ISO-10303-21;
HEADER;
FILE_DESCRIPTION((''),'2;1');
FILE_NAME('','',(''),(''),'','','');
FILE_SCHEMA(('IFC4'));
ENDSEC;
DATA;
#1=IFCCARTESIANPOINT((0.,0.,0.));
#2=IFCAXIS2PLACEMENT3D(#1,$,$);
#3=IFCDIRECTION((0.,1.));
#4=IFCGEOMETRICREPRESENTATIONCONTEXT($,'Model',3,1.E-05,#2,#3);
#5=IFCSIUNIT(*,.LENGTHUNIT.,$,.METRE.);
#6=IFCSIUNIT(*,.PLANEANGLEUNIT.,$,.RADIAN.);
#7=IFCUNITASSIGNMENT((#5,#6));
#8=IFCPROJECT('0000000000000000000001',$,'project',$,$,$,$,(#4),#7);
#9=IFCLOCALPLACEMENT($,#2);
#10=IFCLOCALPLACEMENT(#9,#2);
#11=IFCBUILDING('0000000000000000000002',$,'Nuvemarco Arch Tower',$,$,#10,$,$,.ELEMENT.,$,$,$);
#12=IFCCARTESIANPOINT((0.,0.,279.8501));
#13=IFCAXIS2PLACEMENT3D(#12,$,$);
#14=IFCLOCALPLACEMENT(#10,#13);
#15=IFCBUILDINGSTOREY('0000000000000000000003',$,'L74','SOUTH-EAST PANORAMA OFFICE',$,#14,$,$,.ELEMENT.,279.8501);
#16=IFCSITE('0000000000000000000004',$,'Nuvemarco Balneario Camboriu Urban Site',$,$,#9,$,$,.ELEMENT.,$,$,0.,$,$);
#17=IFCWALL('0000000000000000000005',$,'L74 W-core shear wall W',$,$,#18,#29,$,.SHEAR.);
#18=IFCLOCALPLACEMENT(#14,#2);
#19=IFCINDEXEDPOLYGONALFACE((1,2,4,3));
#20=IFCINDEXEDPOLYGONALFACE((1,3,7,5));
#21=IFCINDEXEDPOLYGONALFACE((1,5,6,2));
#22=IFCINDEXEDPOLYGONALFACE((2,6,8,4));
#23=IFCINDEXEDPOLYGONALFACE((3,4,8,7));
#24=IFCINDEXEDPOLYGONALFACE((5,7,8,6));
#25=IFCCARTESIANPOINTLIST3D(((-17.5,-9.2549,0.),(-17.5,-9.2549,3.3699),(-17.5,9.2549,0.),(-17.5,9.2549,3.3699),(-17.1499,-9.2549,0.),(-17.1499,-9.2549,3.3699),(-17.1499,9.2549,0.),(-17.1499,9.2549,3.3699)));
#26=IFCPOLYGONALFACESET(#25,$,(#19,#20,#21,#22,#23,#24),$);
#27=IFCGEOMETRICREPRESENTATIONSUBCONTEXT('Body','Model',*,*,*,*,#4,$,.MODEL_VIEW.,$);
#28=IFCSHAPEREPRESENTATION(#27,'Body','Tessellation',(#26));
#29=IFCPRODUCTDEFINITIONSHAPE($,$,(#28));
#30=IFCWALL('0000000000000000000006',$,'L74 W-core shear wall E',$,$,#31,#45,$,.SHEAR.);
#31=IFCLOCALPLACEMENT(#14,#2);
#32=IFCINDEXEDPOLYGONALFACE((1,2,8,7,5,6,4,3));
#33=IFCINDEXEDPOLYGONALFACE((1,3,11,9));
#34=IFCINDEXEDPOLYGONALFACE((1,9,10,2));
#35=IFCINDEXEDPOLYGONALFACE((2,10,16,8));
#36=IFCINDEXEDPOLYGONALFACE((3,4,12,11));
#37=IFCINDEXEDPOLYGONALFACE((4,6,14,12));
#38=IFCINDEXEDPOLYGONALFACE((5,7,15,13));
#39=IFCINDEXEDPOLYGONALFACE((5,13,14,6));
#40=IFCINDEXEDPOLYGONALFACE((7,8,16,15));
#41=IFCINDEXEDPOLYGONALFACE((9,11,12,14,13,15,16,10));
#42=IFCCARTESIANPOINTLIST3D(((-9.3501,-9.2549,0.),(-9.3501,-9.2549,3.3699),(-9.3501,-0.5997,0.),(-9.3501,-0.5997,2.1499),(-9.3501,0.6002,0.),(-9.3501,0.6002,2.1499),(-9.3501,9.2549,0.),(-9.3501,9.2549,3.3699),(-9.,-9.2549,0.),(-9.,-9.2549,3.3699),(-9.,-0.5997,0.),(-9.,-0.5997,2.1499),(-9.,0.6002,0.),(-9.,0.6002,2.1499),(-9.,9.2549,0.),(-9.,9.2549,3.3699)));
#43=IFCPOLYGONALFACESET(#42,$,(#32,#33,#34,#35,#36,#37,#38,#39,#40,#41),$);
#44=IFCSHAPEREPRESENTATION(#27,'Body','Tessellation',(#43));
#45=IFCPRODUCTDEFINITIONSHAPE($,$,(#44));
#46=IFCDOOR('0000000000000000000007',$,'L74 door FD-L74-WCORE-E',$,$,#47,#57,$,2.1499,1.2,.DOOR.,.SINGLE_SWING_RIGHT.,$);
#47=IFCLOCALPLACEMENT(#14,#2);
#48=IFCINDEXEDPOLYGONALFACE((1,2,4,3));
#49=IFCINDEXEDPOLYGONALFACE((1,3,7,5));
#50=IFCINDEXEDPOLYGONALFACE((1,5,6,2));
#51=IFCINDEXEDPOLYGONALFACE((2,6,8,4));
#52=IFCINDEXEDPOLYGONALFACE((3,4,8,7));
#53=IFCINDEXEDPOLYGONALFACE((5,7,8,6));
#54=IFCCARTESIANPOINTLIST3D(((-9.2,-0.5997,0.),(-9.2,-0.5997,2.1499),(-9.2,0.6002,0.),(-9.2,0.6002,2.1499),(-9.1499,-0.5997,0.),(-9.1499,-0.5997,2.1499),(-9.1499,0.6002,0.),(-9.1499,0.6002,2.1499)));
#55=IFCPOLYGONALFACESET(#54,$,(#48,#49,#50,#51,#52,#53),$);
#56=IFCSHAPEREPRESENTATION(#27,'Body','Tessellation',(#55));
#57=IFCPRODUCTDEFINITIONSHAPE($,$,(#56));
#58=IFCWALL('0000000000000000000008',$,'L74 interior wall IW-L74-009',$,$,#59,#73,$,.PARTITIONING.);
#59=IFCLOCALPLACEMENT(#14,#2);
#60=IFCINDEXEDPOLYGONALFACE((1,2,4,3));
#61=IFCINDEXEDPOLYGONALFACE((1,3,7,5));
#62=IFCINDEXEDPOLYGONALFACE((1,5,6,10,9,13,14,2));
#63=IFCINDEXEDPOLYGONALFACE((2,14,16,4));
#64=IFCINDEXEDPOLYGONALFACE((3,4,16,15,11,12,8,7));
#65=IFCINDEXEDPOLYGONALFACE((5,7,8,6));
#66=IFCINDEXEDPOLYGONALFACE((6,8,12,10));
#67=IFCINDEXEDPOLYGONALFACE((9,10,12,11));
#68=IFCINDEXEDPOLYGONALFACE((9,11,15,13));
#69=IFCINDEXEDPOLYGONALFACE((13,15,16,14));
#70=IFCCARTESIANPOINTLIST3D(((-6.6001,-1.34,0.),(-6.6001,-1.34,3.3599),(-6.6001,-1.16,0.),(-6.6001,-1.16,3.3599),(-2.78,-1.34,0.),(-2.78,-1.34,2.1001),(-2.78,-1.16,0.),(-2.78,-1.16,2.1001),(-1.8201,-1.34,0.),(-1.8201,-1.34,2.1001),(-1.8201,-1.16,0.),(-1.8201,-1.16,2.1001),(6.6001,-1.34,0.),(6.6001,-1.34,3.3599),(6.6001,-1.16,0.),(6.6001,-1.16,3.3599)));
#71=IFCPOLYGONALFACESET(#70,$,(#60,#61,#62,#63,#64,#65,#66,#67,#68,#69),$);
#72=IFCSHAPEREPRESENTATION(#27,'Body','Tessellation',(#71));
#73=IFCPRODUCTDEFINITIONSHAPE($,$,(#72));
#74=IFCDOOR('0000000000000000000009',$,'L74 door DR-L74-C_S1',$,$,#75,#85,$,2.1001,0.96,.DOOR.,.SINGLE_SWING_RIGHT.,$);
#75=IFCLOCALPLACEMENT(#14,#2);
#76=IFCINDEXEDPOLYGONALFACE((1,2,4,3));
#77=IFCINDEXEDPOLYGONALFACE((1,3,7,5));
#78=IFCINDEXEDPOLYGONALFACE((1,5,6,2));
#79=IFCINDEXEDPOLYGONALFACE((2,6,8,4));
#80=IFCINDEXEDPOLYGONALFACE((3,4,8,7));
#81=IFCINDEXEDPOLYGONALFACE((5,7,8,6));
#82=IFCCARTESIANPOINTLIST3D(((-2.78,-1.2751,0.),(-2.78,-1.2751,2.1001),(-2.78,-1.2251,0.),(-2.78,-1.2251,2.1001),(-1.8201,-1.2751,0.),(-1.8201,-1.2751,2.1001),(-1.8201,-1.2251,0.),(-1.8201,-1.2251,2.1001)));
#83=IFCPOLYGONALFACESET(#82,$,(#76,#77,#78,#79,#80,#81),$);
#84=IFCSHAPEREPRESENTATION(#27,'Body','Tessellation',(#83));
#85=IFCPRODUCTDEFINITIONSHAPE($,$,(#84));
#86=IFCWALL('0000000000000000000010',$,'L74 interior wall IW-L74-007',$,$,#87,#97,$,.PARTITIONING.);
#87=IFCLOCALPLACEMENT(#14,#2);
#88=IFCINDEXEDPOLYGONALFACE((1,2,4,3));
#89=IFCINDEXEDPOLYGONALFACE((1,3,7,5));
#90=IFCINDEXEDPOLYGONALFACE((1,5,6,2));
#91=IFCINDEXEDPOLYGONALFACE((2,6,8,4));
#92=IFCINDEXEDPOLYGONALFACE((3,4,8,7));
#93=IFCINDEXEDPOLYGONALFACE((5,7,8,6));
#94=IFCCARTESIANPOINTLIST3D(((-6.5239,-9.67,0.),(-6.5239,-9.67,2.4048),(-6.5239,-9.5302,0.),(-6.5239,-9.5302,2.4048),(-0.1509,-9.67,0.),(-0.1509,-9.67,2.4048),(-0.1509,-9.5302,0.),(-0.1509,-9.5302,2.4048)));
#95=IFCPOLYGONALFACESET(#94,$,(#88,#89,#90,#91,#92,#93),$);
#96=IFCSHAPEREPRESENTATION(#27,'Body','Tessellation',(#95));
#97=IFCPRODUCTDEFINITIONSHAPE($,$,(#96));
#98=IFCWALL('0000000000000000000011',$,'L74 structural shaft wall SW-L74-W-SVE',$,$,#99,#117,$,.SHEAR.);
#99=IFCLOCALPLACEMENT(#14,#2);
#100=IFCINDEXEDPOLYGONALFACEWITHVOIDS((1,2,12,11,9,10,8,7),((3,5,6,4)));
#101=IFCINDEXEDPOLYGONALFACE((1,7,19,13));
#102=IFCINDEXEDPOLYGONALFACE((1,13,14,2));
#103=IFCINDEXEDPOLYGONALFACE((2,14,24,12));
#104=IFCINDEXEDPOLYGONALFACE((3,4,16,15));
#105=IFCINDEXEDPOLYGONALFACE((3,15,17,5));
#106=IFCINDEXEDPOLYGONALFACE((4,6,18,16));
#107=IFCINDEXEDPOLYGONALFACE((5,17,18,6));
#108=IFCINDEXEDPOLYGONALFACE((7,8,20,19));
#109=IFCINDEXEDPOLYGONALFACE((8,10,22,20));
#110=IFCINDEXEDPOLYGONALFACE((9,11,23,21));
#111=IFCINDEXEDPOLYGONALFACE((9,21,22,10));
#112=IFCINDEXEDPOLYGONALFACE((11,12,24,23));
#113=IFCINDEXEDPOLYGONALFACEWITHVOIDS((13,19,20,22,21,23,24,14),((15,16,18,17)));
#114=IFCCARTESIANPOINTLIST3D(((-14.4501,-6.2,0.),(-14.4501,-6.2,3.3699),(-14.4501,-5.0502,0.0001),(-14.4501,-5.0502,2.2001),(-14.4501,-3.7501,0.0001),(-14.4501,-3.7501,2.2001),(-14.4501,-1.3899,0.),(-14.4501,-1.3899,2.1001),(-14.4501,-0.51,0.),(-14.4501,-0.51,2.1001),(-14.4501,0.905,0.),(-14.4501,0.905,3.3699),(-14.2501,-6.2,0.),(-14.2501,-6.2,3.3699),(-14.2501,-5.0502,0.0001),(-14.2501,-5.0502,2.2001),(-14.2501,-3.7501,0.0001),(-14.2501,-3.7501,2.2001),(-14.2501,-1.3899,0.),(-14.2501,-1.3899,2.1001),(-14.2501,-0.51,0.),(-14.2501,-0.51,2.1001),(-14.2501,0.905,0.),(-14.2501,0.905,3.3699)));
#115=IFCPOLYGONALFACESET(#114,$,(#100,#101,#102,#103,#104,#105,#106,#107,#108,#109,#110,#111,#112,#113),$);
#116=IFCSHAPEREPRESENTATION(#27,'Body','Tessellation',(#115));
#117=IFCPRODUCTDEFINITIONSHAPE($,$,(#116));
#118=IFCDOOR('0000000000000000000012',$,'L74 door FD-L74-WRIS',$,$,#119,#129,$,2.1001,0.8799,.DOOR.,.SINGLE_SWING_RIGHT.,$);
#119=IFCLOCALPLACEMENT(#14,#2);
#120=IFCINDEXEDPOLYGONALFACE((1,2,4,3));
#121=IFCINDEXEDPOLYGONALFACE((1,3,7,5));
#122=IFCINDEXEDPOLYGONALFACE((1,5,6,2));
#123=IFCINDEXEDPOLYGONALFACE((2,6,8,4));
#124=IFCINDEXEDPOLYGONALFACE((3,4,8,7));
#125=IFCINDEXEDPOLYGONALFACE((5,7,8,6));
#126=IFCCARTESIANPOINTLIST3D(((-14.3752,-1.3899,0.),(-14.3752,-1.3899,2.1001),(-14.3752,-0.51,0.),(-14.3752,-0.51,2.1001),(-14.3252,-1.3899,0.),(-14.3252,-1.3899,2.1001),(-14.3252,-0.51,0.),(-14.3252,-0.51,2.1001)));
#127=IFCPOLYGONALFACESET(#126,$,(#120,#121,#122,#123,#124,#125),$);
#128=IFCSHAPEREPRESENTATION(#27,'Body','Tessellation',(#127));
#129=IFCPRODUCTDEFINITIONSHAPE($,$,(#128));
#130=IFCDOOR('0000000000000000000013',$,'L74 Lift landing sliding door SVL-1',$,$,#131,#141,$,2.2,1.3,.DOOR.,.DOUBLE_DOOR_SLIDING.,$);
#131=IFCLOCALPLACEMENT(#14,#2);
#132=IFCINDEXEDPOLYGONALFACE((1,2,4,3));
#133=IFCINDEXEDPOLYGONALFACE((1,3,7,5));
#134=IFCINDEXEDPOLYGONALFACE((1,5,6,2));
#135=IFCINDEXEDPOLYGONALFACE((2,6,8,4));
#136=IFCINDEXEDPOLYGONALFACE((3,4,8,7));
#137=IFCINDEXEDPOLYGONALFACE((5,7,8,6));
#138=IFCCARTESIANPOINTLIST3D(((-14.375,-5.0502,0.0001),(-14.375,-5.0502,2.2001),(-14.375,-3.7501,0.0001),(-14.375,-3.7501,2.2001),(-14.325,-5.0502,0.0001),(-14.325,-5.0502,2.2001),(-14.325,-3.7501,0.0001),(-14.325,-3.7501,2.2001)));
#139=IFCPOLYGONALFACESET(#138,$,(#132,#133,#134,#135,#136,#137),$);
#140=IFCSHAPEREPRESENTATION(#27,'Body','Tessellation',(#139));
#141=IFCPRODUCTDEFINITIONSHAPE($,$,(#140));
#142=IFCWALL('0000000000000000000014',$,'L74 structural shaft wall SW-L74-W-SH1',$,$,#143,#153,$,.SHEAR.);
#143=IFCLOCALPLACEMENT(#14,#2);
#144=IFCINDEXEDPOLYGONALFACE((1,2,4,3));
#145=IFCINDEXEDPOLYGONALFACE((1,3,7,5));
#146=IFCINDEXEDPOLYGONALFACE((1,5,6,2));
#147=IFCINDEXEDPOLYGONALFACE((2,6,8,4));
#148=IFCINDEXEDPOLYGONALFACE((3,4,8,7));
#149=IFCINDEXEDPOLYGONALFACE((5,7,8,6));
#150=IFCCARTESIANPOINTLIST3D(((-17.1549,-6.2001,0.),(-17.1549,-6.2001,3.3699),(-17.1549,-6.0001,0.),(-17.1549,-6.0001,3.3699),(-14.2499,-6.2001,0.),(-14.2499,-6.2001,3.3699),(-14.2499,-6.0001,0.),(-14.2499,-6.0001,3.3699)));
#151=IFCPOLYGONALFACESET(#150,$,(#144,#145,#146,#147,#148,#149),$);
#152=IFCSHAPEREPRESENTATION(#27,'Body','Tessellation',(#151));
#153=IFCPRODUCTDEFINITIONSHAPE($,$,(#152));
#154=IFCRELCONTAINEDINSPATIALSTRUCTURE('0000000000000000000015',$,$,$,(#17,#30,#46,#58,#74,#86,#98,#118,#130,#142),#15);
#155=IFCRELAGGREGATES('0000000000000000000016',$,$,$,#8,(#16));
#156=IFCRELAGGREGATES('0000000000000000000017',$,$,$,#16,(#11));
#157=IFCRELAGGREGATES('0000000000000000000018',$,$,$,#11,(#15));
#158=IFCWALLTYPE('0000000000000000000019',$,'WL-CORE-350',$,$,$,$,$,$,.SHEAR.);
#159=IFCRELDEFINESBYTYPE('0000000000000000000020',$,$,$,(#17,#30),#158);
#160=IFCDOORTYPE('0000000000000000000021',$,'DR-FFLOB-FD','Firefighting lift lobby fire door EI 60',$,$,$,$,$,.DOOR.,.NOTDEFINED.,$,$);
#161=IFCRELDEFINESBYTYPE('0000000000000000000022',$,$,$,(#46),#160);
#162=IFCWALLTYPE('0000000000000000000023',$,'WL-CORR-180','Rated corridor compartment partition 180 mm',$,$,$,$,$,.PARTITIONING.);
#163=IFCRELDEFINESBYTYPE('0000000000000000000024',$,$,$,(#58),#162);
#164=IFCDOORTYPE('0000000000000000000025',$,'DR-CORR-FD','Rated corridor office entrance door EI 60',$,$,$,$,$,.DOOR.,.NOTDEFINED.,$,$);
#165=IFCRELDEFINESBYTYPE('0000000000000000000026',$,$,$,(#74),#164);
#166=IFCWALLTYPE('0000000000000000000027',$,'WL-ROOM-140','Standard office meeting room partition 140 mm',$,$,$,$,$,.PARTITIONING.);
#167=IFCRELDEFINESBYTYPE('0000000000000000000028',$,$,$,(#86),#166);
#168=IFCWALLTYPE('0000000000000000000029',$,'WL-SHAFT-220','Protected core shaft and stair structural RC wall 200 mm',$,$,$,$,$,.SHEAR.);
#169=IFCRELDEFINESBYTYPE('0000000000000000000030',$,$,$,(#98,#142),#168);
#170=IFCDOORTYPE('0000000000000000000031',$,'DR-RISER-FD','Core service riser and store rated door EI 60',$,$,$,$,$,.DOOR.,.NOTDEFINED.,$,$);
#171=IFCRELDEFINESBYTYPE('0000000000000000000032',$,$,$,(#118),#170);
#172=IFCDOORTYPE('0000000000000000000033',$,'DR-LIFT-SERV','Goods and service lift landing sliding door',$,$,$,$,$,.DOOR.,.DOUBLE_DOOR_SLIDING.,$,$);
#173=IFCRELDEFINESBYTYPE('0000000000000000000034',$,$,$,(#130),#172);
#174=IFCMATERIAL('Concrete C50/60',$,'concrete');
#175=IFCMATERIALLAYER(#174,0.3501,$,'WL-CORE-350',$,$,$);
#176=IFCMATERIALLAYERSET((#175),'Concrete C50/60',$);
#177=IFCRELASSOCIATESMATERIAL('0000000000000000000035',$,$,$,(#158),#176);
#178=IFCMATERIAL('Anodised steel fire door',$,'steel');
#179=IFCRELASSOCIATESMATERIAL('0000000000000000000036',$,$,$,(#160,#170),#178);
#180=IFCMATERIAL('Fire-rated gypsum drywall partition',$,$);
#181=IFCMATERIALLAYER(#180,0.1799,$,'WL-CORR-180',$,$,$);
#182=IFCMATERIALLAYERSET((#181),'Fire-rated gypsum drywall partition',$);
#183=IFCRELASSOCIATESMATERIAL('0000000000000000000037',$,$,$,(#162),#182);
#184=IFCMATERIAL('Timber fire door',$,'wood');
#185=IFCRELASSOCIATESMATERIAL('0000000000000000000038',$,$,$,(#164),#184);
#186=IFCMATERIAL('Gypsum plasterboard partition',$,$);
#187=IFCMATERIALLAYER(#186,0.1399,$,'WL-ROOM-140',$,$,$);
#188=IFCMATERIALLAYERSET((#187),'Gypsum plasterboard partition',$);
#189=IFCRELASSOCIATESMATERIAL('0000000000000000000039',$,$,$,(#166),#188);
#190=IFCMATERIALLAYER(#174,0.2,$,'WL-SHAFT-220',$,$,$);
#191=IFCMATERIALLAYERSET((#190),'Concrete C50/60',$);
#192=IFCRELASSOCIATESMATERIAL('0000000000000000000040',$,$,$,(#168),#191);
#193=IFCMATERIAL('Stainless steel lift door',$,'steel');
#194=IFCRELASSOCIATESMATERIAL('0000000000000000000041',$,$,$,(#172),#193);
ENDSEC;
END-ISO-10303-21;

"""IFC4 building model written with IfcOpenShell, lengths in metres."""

from ifc_helpers import new_model, si_unit, direction, frame, frame_2d, origin, place, context, subcontext, project, spatial, rectangle, extrude, source, transform, mapped, material, layer, layer_set, type_object, type_shapes, element, fill, save


model = new_model("IFC4")

# Units and contexts
model_context = context("Model", 3, precision=1e-05, world=origin(), true_north=direction((0.0, 1.0)))
body_context = subcontext(model_context, "Body", "Model", "MODEL_VIEW")
ifc_project = project(units=[si_unit("LENGTHUNIT", "METRE"), si_unit("PLANEANGLEUNIT", "RADIAN")], contexts=[model_context])

# Site, building, storey
site_placement = place(None, origin())
site = spatial("IfcSite", under=ifc_project, at=site_placement, Name="Nuvemarco Balneario Camboriu Urban Site", CompositionType="ELEMENT", RefElevation=0.0)
building_placement = place(site_placement, origin())
building = spatial("IfcBuilding", under=site, at=building_placement, Name="Nuvemarco Arch Tower", CompositionType="ELEMENT")
storey_placement = place(building_placement, frame((0.0, 0.0, 279.8501)))
storey = spatial("IfcBuildingStorey", under=building, at=storey_placement, Name="L74", Description="SOUTH-EAST PANORAMA OFFICE", CompositionType="ELEMENT", Elevation=279.8501)

# Shared definitions
ifc_material_1 = material(Name="Concrete C50/60", Category="concrete")

# Wall
ifc_layer_1 = layer(ifc_material_1, 0.3501, Name="WL-CORE-350")
ifc_layer_set_1 = layer_set([ifc_layer_1], Name="Concrete C50/60")
wall_type_1 = type_object("IfcWallType", Name="WL-CORE-350", PredefinedType="SHEAR", material=ifc_layer_set_1)
wall_1_placement = place(storey_placement, frame((-17.325, -9.2549, 0.0), z_axis=(0.0, 0.0, 1.0), x_axis=(0.0, 1.0, 0.0)))
element("IfcWall", 1, at=wall_1_placement, inside=storey, type_object=wall_type_1, Name="L74 W-core shear wall W", PredefinedType="SHEAR", context=body_context, shape_type="SweptSolid", body=[
    extrude(rectangle(XDim=18.5098, YDim=0.3501, at=frame_2d((9.2549, 0.0))), origin(), (0.0, 0.0, 1.0), 3.3699),
])

# Walls, openings, doors
wall_2_placement = place(storey_placement, frame((-9.175, -9.2549, 0.0), z_axis=(0.0, 0.0, 1.0), x_axis=(0.0, 1.0, 0.0)))
wall_2 = element("IfcWall", 2, at=wall_2_placement, inside=storey, type_object=wall_type_1, Name="L74 W-core shear wall E", PredefinedType="SHEAR", context=body_context, shape_type="SweptSolid", body=[
    extrude(rectangle(XDim=18.5098, YDim=0.3501, at=frame_2d((9.2549, 0.0))), origin(), (0.0, 0.0, 1.0), 3.3699),
])
opening_1_placement = place(wall_2_placement, frame((8.655, 0.0, 0.0)))
opening_1 = element("IfcOpeningElement", 3, at=opening_1_placement, cuts=wall_2, PredefinedType="OPENING", context=body_context, shape_type="SweptSolid", body=[
    extrude(rectangle(XDim=1.2, YDim=2.1499, at=frame_2d((0.6001, 1.075))), frame((0.0, 0.1851, 0.0), z_axis=(0.0, -1.0, 0.0), x_axis=(1.0, 0.0, 0.0)), (0.0, 0.0, 1.0), 0.3701),
])
ifc_material_2 = material(Name="Anodised steel fire door", Category="steel")
door_type_1 = type_object("IfcDoorType", Name="DR-FFLOB-FD", Description="Firefighting lift lobby fire door EI 60", OperationType="NOTDEFINED", PredefinedType="DOOR", material=ifc_material_2)
shared_shape_1 = source(origin(), body_context, "Body", "SweptSolid", [
    extrude(rectangle(XDim=1.2, YDim=2.1499, at=frame_2d((0.6001, 1.075))), frame((0.0, 0.0249, 0.0), z_axis=(0.0, -1.0, 0.0), x_axis=(1.0, 0.0, 0.0)), (0.0, 0.0, 1.0), 0.05),
])
type_shapes(door_type_1, [shared_shape_1])
door_1_placement = place(opening_1_placement, origin())
door_1 = element("IfcDoor", 4, at=door_1_placement, inside=storey, type_object=door_type_1, Name="L74 door FD-L74-WCORE-E", OperationType="SINGLE_SWING_RIGHT", OverallHeight=2.1499, OverallWidth=1.2, PredefinedType="DOOR", context=body_context, shape_type="MappedRepresentation", body=[
    mapped(shared_shape_1, transform((0.0, 0.0, 0.0), scale=1.0)),
])
fill(opening_1, door_1)
ifc_material_3 = material(Name="Fire-rated gypsum drywall partition")
ifc_layer_2 = layer(ifc_material_3, 0.1799, Name="WL-CORR-180")
ifc_layer_set_2 = layer_set([ifc_layer_2], Name="Fire-rated gypsum drywall partition")
wall_type_2 = type_object("IfcWallType", Name="WL-CORR-180", Description="Rated corridor compartment partition 180 mm", PredefinedType="PARTITIONING", material=ifc_layer_set_2)
wall_3_placement = place(storey_placement, frame((-6.6001, -1.25, 0.0), z_axis=(0.0, 0.0, 1.0), x_axis=(1.0, 0.0, 0.0)))
wall_3 = element("IfcWall", 5, at=wall_3_placement, inside=storey, type_object=wall_type_2, Name="L74 interior wall IW-L74-009", PredefinedType="PARTITIONING", context=body_context, shape_type="SweptSolid", body=[
    extrude(rectangle(XDim=13.2002, YDim=0.1799, at=frame_2d((6.6001, 0.0))), origin(), (0.0, 0.0, 1.0), 3.3599),
])
opening_2_placement = place(wall_3_placement, frame((3.8201, 0.0, 0.0)))
opening_2 = element("IfcOpeningElement", 6, at=opening_2_placement, cuts=wall_3, PredefinedType="OPENING", context=body_context, shape_type="SweptSolid", body=[
    extrude(rectangle(XDim=0.96, YDim=2.1001, at=frame_2d((0.48, 1.05))), frame((0.0, 0.0999, 0.0), z_axis=(0.0, -1.0, 0.0), x_axis=(1.0, 0.0, 0.0)), (0.0, 0.0, 1.0), 0.2),
])
ifc_material_4 = material(Name="Timber fire door", Category="wood")
door_type_2 = type_object("IfcDoorType", Name="DR-CORR-FD", Description="Rated corridor office entrance door EI 60", OperationType="NOTDEFINED", PredefinedType="DOOR", material=ifc_material_4)
shared_shape_2 = source(origin(), body_context, "Body", "SweptSolid", [
    extrude(rectangle(XDim=0.96, YDim=2.1001, at=frame_2d((0.48, 1.05))), frame((0.0, 0.0249, 0.0), z_axis=(0.0, -1.0, 0.0), x_axis=(1.0, 0.0, 0.0)), (0.0, 0.0, 1.0), 0.05),
])
type_shapes(door_type_2, [shared_shape_2])
door_2_placement = place(opening_2_placement, origin())
door_2 = element("IfcDoor", 7, at=door_2_placement, inside=storey, type_object=door_type_2, Name="L74 door DR-L74-C_S1", OperationType="SINGLE_SWING_RIGHT", OverallHeight=2.1001, OverallWidth=0.96, PredefinedType="DOOR", context=body_context, shape_type="MappedRepresentation", body=[
    mapped(shared_shape_2, transform((0.0, 0.0, 0.0), scale=1.0)),
])
fill(opening_2, door_2)

# Wall
ifc_material_5 = material(Name="Gypsum plasterboard partition")
ifc_layer_3 = layer(ifc_material_5, 0.1399, Name="WL-ROOM-140")
ifc_layer_set_3 = layer_set([ifc_layer_3], Name="Gypsum plasterboard partition")
wall_type_3 = type_object("IfcWallType", Name="WL-ROOM-140", Description="Standard office meeting room partition 140 mm", PredefinedType="PARTITIONING", material=ifc_layer_set_3)
wall_4_placement = place(storey_placement, frame((-6.5239, -9.6001, 0.0), z_axis=(0.0, 0.0, 1.0), x_axis=(1.0, 0.0, 0.0)))
element("IfcWall", 8, at=wall_4_placement, inside=storey, type_object=wall_type_3, Name="L74 interior wall IW-L74-007", PredefinedType="PARTITIONING", context=body_context, shape_type="SweptSolid", body=[
    extrude(rectangle(XDim=6.373, YDim=0.1399, at=frame_2d((3.1865, 0.0))), origin(), (0.0, 0.0, 1.0), 2.4048),
])

# Shared definitions
ifc_layer_4 = layer(ifc_material_1, 0.2, Name="WL-SHAFT-220")
ifc_layer_set_4 = layer_set([ifc_layer_4], Name="Concrete C50/60")
wall_type_4 = type_object("IfcWallType", Name="WL-SHAFT-220", Description="Protected core shaft and stair structural RC wall 200 mm", PredefinedType="SHEAR", material=ifc_layer_set_4)
ifc_material_6 = material(Name="Stainless steel lift door", Category="steel")

# Wall, openings, doors
wall_5_placement = place(storey_placement, frame((-14.3501, -6.2, 0.0), z_axis=(0.0, 0.0, 1.0), x_axis=(0.0, 1.0, 0.0)))
wall_5 = element("IfcWall", 9, at=wall_5_placement, inside=storey, type_object=wall_type_4, Name="L74 structural shaft wall SW-L74-W-SVE", PredefinedType="SHEAR", context=body_context, shape_type="SweptSolid", body=[
    extrude(rectangle(XDim=7.105, YDim=0.2, at=frame_2d((3.5525, 0.0))), origin(), (0.0, 0.0, 1.0), 3.3699),
])
opening_3_placement = place(wall_5_placement, frame((5.6899, 0.0, 0.0), z_axis=(0.0, 0.0, 1.0), x_axis=(-1.0, 0.0, 0.0)))
opening_3 = element("IfcOpeningElement", 10, at=opening_3_placement, cuts=wall_5, PredefinedType="OPENING", context=body_context, shape_type="SweptSolid", body=[
    extrude(rectangle(XDim=0.8799, YDim=2.1001, at=frame_2d((0.4399, 1.05))), frame((0.0, 0.1099, 0.0), z_axis=(0.0, -1.0, 0.0), x_axis=(1.0, 0.0, 0.0)), (0.0, 0.0, 1.0), 0.22),
])
opening_4_placement = place(wall_5_placement, frame((1.1499, 0.0, 0.0)))
opening_4 = element("IfcOpeningElement", 11, at=opening_4_placement, cuts=wall_5, PredefinedType="OPENING", context=body_context, shape_type="SweptSolid", body=[
    extrude(rectangle(XDim=1.3, YDim=2.2, at=frame_2d((0.6499, 1.1001))), frame((0.0, 0.1099, 0.0), z_axis=(0.0, -1.0, 0.0), x_axis=(1.0, 0.0, 0.0)), (0.0, 0.0, 1.0), 0.22),
])
door_type_3 = type_object("IfcDoorType", Name="DR-RISER-FD", Description="Core service riser and store rated door EI 60", OperationType="NOTDEFINED", PredefinedType="DOOR", material=ifc_material_2)
shared_shape_3 = source(origin(), body_context, "Body", "SweptSolid", [
    extrude(rectangle(XDim=0.8799, YDim=2.1001, at=frame_2d((0.4399, 1.05))), frame((0.0, 0.0249, 0.0), z_axis=(0.0, -1.0, 0.0), x_axis=(1.0, 0.0, 0.0)), (0.0, 0.0, 1.0), 0.05),
])
type_shapes(door_type_3, [shared_shape_3])
door_3_placement = place(opening_3_placement, origin())
door_3 = element("IfcDoor", 12, at=door_3_placement, inside=storey, type_object=door_type_3, Name="L74 door FD-L74-WRIS", OperationType="SINGLE_SWING_RIGHT", OverallHeight=2.1001, OverallWidth=0.8799, PredefinedType="DOOR", context=body_context, shape_type="MappedRepresentation", body=[
    mapped(shared_shape_3, transform((0.0, 0.0, 0.0), scale=1.0)),
])
fill(opening_3, door_3)
door_type_4 = type_object("IfcDoorType", Name="DR-LIFT-SERV", Description="Goods and service lift landing sliding door", OperationType="DOUBLE_DOOR_SLIDING", PredefinedType="DOOR", material=ifc_material_6)
shared_shape_4 = source(origin(), body_context, "Body", "SweptSolid", [
    extrude(rectangle(XDim=1.3, YDim=2.2, at=frame_2d((0.6499, 1.1001))), frame((0.0, 0.0249, 0.0), z_axis=(0.0, -1.0, 0.0), x_axis=(1.0, 0.0, 0.0)), (0.0, 0.0, 1.0), 0.05),
])
type_shapes(door_type_4, [shared_shape_4])
door_4_placement = place(opening_4_placement, origin())
door_4 = element("IfcDoor", 13, at=door_4_placement, inside=storey, type_object=door_type_4, Name="L74 Lift landing sliding door SVL-1", OperationType="DOUBLE_DOOR_SLIDING", OverallHeight=2.2, OverallWidth=1.3, PredefinedType="DOOR", context=body_context, shape_type="MappedRepresentation", body=[
    mapped(shared_shape_4, transform((0.0, 0.0, 0.0), scale=1.0)),
])
fill(opening_4, door_4)

# Wall
wall_6_placement = place(storey_placement, frame((-17.155, -6.1001, 0.0), z_axis=(0.0, 0.0, 1.0), x_axis=(1.0, 0.0, 0.0)))
element("IfcWall", 14, at=wall_6_placement, inside=storey, type_object=wall_type_4, Name="L74 structural shaft wall SW-L74-W-SH1", PredefinedType="SHEAR", context=body_context, shape_type="SweptSolid", body=[
    extrude(rectangle(XDim=2.905, YDim=0.2, at=frame_2d((1.4526, 0.0))), origin(), (0.0, 0.0, 1.0), 3.3699),
])

save(model, "model.ifc")
